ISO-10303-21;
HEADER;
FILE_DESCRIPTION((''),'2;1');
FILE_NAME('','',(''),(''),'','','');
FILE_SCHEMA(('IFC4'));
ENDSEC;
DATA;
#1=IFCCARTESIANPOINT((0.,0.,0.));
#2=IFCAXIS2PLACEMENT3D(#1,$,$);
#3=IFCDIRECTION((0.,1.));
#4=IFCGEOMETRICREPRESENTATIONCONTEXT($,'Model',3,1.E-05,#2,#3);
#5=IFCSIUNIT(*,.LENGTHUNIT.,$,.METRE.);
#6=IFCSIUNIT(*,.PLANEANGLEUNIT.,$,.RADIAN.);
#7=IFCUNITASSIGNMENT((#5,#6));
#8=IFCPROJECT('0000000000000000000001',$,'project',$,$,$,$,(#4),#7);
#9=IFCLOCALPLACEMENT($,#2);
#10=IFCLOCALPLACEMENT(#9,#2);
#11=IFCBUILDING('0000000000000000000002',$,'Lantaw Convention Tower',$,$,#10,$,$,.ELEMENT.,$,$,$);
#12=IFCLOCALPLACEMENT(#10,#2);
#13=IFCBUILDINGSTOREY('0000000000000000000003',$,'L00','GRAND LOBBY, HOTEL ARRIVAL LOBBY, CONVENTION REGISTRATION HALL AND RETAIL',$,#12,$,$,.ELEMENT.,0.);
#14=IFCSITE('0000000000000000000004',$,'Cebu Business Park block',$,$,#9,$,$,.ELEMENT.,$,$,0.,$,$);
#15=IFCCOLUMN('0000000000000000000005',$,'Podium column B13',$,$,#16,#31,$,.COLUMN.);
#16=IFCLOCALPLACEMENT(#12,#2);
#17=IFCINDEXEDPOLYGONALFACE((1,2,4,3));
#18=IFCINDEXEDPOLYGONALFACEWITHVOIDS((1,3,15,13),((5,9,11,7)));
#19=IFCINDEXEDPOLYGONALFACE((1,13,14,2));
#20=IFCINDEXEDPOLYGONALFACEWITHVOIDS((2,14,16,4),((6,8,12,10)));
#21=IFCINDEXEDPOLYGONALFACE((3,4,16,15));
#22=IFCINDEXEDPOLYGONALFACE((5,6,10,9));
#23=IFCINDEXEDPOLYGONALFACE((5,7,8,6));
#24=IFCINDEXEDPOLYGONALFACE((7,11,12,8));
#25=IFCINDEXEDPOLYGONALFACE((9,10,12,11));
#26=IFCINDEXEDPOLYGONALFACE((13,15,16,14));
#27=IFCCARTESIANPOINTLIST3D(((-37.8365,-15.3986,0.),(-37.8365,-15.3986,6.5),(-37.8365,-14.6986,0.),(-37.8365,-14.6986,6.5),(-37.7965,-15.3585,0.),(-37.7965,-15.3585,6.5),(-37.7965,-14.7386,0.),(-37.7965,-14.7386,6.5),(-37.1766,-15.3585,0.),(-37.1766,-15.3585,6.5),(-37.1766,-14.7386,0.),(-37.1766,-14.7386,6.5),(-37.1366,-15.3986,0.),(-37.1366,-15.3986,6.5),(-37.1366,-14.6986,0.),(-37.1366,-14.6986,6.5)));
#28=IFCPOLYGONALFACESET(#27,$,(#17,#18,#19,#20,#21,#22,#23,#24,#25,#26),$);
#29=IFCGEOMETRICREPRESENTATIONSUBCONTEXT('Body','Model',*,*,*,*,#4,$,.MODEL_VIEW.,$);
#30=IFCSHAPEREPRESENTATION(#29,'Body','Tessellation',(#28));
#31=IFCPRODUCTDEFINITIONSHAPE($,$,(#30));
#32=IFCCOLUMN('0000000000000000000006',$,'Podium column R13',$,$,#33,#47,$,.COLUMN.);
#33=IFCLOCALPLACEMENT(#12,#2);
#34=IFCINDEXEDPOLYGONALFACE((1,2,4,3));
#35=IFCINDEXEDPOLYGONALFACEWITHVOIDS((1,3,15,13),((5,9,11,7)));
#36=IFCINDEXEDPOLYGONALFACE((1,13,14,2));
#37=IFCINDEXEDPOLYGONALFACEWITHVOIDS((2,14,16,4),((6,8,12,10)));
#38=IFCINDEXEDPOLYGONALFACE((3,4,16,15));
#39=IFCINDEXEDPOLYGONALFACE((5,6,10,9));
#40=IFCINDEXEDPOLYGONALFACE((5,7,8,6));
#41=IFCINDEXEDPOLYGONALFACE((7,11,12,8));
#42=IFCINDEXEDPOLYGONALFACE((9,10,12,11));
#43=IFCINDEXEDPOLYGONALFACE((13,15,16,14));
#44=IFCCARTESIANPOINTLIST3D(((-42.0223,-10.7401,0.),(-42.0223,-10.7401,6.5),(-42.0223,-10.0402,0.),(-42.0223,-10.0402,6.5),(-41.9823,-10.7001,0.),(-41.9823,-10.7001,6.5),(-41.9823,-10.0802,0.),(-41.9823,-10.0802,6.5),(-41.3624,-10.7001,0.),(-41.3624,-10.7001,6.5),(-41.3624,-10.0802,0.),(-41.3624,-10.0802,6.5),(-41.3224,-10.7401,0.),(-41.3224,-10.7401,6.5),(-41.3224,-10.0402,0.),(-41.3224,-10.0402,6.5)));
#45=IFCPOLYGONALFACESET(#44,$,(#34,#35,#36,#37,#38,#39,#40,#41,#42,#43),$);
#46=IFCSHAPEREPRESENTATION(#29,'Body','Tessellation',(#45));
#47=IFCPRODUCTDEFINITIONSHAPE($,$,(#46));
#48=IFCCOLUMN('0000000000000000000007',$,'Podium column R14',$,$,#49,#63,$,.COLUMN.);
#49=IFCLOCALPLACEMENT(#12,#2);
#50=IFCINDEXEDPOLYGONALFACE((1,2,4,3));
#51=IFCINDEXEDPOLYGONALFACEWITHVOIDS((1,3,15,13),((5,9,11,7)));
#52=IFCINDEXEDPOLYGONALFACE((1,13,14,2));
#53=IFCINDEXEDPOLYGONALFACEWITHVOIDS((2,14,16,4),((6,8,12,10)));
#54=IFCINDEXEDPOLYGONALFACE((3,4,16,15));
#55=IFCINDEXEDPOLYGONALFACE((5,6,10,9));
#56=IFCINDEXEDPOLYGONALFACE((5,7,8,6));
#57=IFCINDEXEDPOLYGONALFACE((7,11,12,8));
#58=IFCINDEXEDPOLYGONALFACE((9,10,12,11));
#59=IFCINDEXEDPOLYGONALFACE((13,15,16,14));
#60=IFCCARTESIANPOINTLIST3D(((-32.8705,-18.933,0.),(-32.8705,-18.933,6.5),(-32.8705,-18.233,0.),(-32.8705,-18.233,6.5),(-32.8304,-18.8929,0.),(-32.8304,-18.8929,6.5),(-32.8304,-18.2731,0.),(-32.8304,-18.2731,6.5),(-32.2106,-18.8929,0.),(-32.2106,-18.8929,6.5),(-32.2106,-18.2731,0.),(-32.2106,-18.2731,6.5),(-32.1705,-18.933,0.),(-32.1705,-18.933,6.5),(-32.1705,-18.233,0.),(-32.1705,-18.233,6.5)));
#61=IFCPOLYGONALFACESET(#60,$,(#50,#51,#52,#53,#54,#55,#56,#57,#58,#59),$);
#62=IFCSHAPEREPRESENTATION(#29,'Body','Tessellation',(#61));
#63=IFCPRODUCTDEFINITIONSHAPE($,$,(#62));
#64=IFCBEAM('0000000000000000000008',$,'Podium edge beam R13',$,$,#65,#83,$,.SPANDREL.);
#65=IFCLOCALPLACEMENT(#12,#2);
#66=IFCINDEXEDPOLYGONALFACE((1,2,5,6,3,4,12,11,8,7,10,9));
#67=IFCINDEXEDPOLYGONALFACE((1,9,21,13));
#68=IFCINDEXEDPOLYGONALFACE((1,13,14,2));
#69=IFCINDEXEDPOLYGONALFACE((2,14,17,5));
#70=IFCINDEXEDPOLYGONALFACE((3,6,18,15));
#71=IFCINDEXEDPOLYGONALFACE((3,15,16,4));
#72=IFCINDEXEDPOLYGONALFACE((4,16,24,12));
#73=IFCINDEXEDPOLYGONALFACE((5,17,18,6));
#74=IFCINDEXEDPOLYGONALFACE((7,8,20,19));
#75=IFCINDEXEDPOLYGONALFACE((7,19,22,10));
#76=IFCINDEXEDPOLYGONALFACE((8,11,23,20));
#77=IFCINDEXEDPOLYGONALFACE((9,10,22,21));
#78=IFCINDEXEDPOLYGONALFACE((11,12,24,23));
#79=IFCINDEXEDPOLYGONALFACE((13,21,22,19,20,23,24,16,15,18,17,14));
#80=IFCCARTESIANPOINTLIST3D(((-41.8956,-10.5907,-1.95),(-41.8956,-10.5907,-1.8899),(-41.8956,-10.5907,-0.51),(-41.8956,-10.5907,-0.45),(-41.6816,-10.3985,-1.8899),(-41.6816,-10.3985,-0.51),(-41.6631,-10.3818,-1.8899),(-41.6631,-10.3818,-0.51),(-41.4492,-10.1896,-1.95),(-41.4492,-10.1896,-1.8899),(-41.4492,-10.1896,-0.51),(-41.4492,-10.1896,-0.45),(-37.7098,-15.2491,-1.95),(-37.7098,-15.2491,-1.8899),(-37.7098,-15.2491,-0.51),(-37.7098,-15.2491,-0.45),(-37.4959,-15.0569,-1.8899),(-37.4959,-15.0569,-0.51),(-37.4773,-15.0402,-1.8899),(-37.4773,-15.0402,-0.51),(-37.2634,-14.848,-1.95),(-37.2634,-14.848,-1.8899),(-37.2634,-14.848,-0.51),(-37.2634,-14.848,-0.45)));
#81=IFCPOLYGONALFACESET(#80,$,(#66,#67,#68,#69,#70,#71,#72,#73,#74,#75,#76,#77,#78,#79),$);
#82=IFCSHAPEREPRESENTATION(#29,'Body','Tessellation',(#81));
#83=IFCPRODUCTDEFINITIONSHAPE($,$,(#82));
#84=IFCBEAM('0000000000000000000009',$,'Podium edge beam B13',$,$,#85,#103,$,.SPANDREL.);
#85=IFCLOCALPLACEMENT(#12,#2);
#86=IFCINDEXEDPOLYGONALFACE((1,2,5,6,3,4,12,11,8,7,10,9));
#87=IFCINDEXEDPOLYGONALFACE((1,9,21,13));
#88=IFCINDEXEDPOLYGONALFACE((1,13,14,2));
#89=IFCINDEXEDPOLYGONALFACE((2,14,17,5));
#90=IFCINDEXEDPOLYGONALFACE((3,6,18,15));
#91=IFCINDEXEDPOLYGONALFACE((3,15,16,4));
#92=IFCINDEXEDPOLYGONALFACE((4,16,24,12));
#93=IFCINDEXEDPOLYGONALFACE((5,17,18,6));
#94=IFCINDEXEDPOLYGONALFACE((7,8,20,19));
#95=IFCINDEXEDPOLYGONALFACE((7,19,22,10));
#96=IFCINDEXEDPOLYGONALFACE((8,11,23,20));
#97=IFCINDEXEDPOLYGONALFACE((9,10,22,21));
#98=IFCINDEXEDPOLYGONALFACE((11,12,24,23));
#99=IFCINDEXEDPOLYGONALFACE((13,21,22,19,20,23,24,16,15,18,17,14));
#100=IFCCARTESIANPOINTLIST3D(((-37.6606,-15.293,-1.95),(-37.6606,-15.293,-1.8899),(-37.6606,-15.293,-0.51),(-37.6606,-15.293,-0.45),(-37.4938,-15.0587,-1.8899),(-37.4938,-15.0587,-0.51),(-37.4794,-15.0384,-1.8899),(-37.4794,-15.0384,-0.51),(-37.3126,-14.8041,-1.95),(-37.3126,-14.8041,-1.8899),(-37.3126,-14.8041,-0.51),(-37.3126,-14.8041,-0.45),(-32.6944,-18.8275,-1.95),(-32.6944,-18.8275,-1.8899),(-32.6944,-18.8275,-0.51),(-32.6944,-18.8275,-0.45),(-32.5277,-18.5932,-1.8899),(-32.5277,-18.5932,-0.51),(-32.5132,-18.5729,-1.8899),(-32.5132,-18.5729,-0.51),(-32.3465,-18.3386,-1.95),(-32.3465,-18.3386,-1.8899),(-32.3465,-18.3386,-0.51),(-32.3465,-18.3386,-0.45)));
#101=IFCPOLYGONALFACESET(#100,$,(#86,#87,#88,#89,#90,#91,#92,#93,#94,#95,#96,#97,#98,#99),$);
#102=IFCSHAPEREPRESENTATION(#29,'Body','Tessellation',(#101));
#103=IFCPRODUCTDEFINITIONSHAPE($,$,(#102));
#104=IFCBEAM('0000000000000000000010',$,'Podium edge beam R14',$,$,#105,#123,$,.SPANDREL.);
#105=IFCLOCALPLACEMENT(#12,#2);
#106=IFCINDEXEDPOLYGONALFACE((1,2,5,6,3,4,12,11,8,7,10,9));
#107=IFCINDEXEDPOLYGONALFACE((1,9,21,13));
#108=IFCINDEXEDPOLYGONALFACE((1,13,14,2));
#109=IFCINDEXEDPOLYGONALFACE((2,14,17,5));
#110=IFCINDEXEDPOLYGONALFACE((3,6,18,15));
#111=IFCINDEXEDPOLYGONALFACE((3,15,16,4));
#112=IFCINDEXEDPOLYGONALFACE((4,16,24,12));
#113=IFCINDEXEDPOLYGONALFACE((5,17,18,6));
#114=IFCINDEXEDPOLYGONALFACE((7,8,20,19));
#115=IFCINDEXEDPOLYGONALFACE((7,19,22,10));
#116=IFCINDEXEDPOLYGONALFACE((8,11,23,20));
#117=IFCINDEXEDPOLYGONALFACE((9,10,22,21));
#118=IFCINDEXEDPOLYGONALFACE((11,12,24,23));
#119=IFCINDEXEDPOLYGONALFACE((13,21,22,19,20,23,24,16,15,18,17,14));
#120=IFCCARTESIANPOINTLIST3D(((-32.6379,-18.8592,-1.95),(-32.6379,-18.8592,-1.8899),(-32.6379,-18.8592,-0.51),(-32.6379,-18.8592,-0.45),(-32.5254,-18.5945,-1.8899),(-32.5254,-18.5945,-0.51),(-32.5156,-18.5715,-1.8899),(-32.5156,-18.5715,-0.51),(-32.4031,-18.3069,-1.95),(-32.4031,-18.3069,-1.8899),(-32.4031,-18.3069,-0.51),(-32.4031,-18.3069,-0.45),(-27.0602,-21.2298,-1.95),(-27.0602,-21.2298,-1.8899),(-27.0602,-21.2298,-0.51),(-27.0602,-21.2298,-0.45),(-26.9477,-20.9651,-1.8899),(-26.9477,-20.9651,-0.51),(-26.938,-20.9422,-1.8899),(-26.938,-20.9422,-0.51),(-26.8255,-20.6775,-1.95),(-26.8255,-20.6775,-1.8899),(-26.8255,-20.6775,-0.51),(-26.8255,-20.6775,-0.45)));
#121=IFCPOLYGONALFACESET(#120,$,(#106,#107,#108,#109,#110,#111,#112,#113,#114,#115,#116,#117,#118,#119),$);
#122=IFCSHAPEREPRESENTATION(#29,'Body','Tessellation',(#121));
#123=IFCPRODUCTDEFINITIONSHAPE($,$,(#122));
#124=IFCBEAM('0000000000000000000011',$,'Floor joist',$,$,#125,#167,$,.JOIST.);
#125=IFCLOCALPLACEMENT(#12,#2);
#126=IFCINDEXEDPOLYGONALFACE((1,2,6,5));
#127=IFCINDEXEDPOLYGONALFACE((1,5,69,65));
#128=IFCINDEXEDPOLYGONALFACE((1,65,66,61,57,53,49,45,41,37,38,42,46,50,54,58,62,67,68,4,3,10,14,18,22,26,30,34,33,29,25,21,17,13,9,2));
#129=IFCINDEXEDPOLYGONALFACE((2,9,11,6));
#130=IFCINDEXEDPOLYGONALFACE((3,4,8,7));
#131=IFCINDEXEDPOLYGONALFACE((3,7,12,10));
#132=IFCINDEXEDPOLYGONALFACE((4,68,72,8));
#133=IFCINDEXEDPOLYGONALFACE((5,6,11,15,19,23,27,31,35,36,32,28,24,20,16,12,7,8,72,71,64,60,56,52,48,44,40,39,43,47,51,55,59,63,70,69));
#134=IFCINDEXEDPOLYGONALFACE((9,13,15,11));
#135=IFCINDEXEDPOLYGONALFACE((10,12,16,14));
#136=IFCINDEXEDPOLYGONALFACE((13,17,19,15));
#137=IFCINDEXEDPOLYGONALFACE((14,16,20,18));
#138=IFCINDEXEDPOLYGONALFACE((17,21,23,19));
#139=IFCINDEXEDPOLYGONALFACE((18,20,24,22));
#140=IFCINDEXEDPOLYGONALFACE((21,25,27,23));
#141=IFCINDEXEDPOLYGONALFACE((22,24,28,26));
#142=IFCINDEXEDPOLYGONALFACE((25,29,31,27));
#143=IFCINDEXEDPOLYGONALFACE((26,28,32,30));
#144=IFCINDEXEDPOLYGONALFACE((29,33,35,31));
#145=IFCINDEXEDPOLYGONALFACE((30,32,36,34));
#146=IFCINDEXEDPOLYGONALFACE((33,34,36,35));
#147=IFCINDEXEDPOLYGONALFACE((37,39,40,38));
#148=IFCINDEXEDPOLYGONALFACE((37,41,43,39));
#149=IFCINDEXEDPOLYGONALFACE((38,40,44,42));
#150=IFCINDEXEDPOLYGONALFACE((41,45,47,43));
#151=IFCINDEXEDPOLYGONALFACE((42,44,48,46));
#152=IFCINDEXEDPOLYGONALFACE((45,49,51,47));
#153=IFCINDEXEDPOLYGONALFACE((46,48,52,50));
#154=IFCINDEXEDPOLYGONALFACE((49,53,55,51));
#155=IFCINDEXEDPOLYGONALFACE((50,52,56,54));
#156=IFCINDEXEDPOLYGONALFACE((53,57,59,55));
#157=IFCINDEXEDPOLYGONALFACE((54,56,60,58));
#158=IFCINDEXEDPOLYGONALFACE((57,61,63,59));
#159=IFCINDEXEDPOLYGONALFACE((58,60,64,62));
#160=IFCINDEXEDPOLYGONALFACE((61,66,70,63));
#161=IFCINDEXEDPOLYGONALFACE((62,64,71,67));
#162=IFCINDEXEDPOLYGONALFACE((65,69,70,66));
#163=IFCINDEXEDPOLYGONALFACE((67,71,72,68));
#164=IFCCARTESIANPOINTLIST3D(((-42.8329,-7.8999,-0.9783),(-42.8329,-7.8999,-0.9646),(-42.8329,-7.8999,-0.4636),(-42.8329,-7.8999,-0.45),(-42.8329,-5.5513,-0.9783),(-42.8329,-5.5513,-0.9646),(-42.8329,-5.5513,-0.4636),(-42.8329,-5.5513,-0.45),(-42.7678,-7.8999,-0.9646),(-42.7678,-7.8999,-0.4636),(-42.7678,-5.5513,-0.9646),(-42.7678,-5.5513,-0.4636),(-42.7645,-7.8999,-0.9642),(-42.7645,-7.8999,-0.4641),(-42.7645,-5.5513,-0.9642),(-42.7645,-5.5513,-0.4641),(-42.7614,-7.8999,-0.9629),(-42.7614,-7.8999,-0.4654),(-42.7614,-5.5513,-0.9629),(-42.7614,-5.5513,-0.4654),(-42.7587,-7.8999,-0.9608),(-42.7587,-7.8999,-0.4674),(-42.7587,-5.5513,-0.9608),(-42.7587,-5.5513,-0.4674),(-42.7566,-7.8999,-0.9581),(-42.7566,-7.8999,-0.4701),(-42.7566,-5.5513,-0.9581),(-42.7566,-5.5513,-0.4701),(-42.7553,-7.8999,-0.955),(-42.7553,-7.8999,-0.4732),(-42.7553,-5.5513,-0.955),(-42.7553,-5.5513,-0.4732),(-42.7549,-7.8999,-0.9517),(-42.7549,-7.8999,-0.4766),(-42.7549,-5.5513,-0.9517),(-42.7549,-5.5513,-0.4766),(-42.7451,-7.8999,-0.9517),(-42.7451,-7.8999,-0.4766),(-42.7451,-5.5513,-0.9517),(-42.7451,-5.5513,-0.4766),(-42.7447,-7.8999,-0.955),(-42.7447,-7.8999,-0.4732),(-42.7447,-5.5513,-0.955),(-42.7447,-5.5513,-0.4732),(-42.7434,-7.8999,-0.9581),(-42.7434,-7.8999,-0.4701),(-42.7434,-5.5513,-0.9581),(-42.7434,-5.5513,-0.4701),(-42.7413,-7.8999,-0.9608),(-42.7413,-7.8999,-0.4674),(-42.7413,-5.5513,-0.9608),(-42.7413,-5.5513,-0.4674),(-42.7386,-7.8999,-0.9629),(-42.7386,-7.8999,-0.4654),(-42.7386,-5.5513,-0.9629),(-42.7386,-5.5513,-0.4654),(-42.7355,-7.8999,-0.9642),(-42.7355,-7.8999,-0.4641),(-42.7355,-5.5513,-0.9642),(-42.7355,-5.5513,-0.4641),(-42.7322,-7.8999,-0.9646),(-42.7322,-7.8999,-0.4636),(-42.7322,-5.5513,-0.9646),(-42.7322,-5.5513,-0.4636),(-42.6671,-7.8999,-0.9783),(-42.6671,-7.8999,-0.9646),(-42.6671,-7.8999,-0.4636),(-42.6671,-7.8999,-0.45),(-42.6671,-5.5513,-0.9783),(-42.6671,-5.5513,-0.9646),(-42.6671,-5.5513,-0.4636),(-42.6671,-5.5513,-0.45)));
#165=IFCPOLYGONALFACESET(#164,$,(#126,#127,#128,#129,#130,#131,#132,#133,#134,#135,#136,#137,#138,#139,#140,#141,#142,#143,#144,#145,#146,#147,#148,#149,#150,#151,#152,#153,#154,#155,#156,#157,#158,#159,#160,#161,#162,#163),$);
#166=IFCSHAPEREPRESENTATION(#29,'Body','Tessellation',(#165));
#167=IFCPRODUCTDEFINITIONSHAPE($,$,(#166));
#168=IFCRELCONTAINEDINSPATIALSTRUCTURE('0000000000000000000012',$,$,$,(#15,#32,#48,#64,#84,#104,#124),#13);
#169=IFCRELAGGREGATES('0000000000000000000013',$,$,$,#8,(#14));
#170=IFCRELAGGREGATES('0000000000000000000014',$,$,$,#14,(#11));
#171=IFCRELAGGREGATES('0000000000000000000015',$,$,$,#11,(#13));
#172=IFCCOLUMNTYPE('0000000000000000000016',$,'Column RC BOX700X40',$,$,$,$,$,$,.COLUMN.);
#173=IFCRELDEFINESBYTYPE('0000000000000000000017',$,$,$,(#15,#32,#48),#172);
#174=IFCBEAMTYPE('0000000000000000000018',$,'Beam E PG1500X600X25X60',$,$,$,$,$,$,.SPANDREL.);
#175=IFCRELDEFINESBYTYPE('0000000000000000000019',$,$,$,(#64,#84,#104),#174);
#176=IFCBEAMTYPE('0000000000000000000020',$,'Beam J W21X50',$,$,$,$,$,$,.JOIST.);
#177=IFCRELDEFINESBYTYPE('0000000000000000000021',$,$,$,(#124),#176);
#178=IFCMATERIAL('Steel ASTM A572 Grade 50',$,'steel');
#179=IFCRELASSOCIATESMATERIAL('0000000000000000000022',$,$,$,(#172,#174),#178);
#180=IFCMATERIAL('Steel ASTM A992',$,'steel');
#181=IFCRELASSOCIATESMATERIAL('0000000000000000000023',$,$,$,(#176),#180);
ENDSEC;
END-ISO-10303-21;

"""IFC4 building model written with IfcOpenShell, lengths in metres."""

from ifc_helpers import new_model, si_unit, direction, frame, origin, origin_2d, place, context, subcontext, project, spatial, hollow_rectangle, i_section, extrude, material, material_profile, profile_set, type_object, element, save


model = new_model("IFC4")

# Units and contexts
model_context = context("Model", 3, precision=1e-05, world=origin(), true_north=direction((0.0, 1.0)))
body_context = subcontext(model_context, "Body", "Model", "MODEL_VIEW")
ifc_project = project(units=[si_unit("LENGTHUNIT", "METRE"), si_unit("PLANEANGLEUNIT", "RADIAN")], contexts=[model_context])

# Site, building, storey
site_placement = place(None, origin())
site = spatial("IfcSite", under=ifc_project, at=site_placement, Name="Cebu Business Park block", CompositionType="ELEMENT", RefElevation=0.0)
building_placement = place(site_placement, origin())
building = spatial("IfcBuilding", under=site, at=building_placement, Name="Lantaw Convention Tower", CompositionType="ELEMENT")
storey_placement = place(building_placement, origin())
storey = spatial("IfcBuildingStorey", under=building, at=storey_placement, Name="L00", Description="GRAND LOBBY, HOTEL ARRIVAL LOBBY, CONVENTION REGISTRATION HALL AND RETAIL", CompositionType="ELEMENT", Elevation=0.0)

# Columns
ifc_material_1 = material(Name="Steel ASTM A572 Grade 50", Category="steel")
ifc_material_profile_1 = material_profile(ifc_material_1, hollow_rectangle(XDim=0.7, YDim=0.7, WallThickness=0.04, at=origin_2d()), Name="BOX700X40")
ifc_profile_set_1 = profile_set([ifc_material_profile_1], Name="Steel ASTM A572 Grade 50")
column_type = type_object("IfcColumnType", Name="Column RC BOX700X40", PredefinedType="COLUMN", material=ifc_profile_set_1)
for number, where, z_axis, x_axis, name in (
    (1, (-37.4866, -15.0486, 0.0), (0.0, 0.0, 1.0), (1.0, 0.0, 0.0), "Podium column B13"),
    (2, (-41.6724, -10.3901, 0.0), (0.0, 0.0, 1.0), (1.0, 0.0, 0.0), "Podium column R13"),
    (3, (-32.5205, -18.583, 0.0), (0.0, 0.0, 1.0), (1.0, 0.0, 0.0), "Podium column R14"),
):
    element("IfcColumn", number, at=place(storey_placement, frame(where, z_axis=z_axis, x_axis=x_axis)), inside=storey, type_object=column_type, Name=name, PredefinedType="COLUMN", context=body_context, shape_type="SweptSolid", body=[
        extrude(hollow_rectangle(XDim=0.7, YDim=0.7, WallThickness=0.04, at=origin_2d()), origin(), (0.0, 0.0, 1.0), 6.5),
    ])

# Beams
ifc_material_profile_2 = material_profile(ifc_material_1, i_section(OverallWidth=0.6001, OverallDepth=1.5, WebThickness=0.0249, FlangeThickness=0.0601, at=origin_2d()), Name="PG1500X600X25X60")
ifc_profile_set_2 = profile_set([ifc_material_profile_2], Name="Steel ASTM A572 Grade 50")
beam_type_1 = type_object("IfcBeamType", Name="Beam E PG1500X600X25X60", PredefinedType="SPANDREL", material=ifc_profile_set_2)
beam_1_placement = place(storey_placement, frame((-41.6724, -10.3901, -1.2), z_axis=(0.668364, -0.743835, 0.0), x_axis=(0.743835, 0.668364, 0.0)))
element("IfcBeam", 4, at=beam_1_placement, inside=storey, type_object=beam_type_1, Name="Podium edge beam R13", PredefinedType="SPANDREL", context=body_context, shape_type="SweptSolid", body=[
    extrude(i_section(OverallWidth=0.6001, OverallDepth=1.5, WebThickness=0.0249, FlangeThickness=0.0601, at=origin_2d()), origin(), (0.0, 0.0, 1.0), 6.2627),
])
beam_2_placement = place(storey_placement, frame((-37.4866, -15.0486, -1.2), z_axis=(0.814723, -0.579851, 0.0), x_axis=(0.579851, 0.814723, 0.0)))
element("IfcBeam", 5, at=beam_2_placement, inside=storey, type_object=beam_type_1, Name="Podium edge beam B13", PredefinedType="SPANDREL", context=body_context, shape_type="SweptSolid", body=[
    extrude(i_section(OverallWidth=0.6001, OverallDepth=1.5, WebThickness=0.0249, FlangeThickness=0.0601, at=origin_2d()), origin(), (0.0, 0.0, 1.0), 6.0955),
])
beam_3_placement = place(storey_placement, frame((-32.5205, -18.583, -1.2), z_axis=(0.920324, -0.391156, 0.0), x_axis=(0.391156, 0.920324, 0.0)))
element("IfcBeam", 6, at=beam_3_placement, inside=storey, type_object=beam_type_1, Name="Podium edge beam R14", PredefinedType="SPANDREL", context=body_context, shape_type="SweptSolid", body=[
    extrude(i_section(OverallWidth=0.6001, OverallDepth=1.5, WebThickness=0.0249, FlangeThickness=0.0601, at=origin_2d()), origin(), (0.0, 0.0, 1.0), 6.0605),
])
ifc_material_2 = material(Name="Steel ASTM A992", Category="steel")
ifc_material_profile_3 = material_profile(ifc_material_2, i_section(OverallWidth=0.1658, OverallDepth=0.5283, WebThickness=0.0098, FlangeThickness=0.0137, FilletRadius=0.0129, at=origin_2d()), Name="W21X50")
ifc_profile_set_3 = profile_set([ifc_material_profile_3], Name="Steel ASTM A992")
beam_type_2 = type_object("IfcBeamType", Name="Beam J W21X50", PredefinedType="JOIST", material=ifc_profile_set_3)
beam_4_placement = place(storey_placement, frame((-42.75, -7.8999, -0.7141), z_axis=(0.0, 1.0, 0.0), x_axis=(-1.0, 0.0, 0.0)))
element("IfcBeam", 7, at=beam_4_placement, inside=storey, type_object=beam_type_2, Name="Floor joist", PredefinedType="JOIST", context=body_context, shape_type="SweptSolid", body=[
    extrude(i_section(OverallWidth=0.1658, OverallDepth=0.5283, WebThickness=0.0098, FlangeThickness=0.0137, FilletRadius=0.0129, at=origin_2d()), origin(), (0.0, 0.0, 1.0), 2.3486),
])

save(model, "model.ifc")
